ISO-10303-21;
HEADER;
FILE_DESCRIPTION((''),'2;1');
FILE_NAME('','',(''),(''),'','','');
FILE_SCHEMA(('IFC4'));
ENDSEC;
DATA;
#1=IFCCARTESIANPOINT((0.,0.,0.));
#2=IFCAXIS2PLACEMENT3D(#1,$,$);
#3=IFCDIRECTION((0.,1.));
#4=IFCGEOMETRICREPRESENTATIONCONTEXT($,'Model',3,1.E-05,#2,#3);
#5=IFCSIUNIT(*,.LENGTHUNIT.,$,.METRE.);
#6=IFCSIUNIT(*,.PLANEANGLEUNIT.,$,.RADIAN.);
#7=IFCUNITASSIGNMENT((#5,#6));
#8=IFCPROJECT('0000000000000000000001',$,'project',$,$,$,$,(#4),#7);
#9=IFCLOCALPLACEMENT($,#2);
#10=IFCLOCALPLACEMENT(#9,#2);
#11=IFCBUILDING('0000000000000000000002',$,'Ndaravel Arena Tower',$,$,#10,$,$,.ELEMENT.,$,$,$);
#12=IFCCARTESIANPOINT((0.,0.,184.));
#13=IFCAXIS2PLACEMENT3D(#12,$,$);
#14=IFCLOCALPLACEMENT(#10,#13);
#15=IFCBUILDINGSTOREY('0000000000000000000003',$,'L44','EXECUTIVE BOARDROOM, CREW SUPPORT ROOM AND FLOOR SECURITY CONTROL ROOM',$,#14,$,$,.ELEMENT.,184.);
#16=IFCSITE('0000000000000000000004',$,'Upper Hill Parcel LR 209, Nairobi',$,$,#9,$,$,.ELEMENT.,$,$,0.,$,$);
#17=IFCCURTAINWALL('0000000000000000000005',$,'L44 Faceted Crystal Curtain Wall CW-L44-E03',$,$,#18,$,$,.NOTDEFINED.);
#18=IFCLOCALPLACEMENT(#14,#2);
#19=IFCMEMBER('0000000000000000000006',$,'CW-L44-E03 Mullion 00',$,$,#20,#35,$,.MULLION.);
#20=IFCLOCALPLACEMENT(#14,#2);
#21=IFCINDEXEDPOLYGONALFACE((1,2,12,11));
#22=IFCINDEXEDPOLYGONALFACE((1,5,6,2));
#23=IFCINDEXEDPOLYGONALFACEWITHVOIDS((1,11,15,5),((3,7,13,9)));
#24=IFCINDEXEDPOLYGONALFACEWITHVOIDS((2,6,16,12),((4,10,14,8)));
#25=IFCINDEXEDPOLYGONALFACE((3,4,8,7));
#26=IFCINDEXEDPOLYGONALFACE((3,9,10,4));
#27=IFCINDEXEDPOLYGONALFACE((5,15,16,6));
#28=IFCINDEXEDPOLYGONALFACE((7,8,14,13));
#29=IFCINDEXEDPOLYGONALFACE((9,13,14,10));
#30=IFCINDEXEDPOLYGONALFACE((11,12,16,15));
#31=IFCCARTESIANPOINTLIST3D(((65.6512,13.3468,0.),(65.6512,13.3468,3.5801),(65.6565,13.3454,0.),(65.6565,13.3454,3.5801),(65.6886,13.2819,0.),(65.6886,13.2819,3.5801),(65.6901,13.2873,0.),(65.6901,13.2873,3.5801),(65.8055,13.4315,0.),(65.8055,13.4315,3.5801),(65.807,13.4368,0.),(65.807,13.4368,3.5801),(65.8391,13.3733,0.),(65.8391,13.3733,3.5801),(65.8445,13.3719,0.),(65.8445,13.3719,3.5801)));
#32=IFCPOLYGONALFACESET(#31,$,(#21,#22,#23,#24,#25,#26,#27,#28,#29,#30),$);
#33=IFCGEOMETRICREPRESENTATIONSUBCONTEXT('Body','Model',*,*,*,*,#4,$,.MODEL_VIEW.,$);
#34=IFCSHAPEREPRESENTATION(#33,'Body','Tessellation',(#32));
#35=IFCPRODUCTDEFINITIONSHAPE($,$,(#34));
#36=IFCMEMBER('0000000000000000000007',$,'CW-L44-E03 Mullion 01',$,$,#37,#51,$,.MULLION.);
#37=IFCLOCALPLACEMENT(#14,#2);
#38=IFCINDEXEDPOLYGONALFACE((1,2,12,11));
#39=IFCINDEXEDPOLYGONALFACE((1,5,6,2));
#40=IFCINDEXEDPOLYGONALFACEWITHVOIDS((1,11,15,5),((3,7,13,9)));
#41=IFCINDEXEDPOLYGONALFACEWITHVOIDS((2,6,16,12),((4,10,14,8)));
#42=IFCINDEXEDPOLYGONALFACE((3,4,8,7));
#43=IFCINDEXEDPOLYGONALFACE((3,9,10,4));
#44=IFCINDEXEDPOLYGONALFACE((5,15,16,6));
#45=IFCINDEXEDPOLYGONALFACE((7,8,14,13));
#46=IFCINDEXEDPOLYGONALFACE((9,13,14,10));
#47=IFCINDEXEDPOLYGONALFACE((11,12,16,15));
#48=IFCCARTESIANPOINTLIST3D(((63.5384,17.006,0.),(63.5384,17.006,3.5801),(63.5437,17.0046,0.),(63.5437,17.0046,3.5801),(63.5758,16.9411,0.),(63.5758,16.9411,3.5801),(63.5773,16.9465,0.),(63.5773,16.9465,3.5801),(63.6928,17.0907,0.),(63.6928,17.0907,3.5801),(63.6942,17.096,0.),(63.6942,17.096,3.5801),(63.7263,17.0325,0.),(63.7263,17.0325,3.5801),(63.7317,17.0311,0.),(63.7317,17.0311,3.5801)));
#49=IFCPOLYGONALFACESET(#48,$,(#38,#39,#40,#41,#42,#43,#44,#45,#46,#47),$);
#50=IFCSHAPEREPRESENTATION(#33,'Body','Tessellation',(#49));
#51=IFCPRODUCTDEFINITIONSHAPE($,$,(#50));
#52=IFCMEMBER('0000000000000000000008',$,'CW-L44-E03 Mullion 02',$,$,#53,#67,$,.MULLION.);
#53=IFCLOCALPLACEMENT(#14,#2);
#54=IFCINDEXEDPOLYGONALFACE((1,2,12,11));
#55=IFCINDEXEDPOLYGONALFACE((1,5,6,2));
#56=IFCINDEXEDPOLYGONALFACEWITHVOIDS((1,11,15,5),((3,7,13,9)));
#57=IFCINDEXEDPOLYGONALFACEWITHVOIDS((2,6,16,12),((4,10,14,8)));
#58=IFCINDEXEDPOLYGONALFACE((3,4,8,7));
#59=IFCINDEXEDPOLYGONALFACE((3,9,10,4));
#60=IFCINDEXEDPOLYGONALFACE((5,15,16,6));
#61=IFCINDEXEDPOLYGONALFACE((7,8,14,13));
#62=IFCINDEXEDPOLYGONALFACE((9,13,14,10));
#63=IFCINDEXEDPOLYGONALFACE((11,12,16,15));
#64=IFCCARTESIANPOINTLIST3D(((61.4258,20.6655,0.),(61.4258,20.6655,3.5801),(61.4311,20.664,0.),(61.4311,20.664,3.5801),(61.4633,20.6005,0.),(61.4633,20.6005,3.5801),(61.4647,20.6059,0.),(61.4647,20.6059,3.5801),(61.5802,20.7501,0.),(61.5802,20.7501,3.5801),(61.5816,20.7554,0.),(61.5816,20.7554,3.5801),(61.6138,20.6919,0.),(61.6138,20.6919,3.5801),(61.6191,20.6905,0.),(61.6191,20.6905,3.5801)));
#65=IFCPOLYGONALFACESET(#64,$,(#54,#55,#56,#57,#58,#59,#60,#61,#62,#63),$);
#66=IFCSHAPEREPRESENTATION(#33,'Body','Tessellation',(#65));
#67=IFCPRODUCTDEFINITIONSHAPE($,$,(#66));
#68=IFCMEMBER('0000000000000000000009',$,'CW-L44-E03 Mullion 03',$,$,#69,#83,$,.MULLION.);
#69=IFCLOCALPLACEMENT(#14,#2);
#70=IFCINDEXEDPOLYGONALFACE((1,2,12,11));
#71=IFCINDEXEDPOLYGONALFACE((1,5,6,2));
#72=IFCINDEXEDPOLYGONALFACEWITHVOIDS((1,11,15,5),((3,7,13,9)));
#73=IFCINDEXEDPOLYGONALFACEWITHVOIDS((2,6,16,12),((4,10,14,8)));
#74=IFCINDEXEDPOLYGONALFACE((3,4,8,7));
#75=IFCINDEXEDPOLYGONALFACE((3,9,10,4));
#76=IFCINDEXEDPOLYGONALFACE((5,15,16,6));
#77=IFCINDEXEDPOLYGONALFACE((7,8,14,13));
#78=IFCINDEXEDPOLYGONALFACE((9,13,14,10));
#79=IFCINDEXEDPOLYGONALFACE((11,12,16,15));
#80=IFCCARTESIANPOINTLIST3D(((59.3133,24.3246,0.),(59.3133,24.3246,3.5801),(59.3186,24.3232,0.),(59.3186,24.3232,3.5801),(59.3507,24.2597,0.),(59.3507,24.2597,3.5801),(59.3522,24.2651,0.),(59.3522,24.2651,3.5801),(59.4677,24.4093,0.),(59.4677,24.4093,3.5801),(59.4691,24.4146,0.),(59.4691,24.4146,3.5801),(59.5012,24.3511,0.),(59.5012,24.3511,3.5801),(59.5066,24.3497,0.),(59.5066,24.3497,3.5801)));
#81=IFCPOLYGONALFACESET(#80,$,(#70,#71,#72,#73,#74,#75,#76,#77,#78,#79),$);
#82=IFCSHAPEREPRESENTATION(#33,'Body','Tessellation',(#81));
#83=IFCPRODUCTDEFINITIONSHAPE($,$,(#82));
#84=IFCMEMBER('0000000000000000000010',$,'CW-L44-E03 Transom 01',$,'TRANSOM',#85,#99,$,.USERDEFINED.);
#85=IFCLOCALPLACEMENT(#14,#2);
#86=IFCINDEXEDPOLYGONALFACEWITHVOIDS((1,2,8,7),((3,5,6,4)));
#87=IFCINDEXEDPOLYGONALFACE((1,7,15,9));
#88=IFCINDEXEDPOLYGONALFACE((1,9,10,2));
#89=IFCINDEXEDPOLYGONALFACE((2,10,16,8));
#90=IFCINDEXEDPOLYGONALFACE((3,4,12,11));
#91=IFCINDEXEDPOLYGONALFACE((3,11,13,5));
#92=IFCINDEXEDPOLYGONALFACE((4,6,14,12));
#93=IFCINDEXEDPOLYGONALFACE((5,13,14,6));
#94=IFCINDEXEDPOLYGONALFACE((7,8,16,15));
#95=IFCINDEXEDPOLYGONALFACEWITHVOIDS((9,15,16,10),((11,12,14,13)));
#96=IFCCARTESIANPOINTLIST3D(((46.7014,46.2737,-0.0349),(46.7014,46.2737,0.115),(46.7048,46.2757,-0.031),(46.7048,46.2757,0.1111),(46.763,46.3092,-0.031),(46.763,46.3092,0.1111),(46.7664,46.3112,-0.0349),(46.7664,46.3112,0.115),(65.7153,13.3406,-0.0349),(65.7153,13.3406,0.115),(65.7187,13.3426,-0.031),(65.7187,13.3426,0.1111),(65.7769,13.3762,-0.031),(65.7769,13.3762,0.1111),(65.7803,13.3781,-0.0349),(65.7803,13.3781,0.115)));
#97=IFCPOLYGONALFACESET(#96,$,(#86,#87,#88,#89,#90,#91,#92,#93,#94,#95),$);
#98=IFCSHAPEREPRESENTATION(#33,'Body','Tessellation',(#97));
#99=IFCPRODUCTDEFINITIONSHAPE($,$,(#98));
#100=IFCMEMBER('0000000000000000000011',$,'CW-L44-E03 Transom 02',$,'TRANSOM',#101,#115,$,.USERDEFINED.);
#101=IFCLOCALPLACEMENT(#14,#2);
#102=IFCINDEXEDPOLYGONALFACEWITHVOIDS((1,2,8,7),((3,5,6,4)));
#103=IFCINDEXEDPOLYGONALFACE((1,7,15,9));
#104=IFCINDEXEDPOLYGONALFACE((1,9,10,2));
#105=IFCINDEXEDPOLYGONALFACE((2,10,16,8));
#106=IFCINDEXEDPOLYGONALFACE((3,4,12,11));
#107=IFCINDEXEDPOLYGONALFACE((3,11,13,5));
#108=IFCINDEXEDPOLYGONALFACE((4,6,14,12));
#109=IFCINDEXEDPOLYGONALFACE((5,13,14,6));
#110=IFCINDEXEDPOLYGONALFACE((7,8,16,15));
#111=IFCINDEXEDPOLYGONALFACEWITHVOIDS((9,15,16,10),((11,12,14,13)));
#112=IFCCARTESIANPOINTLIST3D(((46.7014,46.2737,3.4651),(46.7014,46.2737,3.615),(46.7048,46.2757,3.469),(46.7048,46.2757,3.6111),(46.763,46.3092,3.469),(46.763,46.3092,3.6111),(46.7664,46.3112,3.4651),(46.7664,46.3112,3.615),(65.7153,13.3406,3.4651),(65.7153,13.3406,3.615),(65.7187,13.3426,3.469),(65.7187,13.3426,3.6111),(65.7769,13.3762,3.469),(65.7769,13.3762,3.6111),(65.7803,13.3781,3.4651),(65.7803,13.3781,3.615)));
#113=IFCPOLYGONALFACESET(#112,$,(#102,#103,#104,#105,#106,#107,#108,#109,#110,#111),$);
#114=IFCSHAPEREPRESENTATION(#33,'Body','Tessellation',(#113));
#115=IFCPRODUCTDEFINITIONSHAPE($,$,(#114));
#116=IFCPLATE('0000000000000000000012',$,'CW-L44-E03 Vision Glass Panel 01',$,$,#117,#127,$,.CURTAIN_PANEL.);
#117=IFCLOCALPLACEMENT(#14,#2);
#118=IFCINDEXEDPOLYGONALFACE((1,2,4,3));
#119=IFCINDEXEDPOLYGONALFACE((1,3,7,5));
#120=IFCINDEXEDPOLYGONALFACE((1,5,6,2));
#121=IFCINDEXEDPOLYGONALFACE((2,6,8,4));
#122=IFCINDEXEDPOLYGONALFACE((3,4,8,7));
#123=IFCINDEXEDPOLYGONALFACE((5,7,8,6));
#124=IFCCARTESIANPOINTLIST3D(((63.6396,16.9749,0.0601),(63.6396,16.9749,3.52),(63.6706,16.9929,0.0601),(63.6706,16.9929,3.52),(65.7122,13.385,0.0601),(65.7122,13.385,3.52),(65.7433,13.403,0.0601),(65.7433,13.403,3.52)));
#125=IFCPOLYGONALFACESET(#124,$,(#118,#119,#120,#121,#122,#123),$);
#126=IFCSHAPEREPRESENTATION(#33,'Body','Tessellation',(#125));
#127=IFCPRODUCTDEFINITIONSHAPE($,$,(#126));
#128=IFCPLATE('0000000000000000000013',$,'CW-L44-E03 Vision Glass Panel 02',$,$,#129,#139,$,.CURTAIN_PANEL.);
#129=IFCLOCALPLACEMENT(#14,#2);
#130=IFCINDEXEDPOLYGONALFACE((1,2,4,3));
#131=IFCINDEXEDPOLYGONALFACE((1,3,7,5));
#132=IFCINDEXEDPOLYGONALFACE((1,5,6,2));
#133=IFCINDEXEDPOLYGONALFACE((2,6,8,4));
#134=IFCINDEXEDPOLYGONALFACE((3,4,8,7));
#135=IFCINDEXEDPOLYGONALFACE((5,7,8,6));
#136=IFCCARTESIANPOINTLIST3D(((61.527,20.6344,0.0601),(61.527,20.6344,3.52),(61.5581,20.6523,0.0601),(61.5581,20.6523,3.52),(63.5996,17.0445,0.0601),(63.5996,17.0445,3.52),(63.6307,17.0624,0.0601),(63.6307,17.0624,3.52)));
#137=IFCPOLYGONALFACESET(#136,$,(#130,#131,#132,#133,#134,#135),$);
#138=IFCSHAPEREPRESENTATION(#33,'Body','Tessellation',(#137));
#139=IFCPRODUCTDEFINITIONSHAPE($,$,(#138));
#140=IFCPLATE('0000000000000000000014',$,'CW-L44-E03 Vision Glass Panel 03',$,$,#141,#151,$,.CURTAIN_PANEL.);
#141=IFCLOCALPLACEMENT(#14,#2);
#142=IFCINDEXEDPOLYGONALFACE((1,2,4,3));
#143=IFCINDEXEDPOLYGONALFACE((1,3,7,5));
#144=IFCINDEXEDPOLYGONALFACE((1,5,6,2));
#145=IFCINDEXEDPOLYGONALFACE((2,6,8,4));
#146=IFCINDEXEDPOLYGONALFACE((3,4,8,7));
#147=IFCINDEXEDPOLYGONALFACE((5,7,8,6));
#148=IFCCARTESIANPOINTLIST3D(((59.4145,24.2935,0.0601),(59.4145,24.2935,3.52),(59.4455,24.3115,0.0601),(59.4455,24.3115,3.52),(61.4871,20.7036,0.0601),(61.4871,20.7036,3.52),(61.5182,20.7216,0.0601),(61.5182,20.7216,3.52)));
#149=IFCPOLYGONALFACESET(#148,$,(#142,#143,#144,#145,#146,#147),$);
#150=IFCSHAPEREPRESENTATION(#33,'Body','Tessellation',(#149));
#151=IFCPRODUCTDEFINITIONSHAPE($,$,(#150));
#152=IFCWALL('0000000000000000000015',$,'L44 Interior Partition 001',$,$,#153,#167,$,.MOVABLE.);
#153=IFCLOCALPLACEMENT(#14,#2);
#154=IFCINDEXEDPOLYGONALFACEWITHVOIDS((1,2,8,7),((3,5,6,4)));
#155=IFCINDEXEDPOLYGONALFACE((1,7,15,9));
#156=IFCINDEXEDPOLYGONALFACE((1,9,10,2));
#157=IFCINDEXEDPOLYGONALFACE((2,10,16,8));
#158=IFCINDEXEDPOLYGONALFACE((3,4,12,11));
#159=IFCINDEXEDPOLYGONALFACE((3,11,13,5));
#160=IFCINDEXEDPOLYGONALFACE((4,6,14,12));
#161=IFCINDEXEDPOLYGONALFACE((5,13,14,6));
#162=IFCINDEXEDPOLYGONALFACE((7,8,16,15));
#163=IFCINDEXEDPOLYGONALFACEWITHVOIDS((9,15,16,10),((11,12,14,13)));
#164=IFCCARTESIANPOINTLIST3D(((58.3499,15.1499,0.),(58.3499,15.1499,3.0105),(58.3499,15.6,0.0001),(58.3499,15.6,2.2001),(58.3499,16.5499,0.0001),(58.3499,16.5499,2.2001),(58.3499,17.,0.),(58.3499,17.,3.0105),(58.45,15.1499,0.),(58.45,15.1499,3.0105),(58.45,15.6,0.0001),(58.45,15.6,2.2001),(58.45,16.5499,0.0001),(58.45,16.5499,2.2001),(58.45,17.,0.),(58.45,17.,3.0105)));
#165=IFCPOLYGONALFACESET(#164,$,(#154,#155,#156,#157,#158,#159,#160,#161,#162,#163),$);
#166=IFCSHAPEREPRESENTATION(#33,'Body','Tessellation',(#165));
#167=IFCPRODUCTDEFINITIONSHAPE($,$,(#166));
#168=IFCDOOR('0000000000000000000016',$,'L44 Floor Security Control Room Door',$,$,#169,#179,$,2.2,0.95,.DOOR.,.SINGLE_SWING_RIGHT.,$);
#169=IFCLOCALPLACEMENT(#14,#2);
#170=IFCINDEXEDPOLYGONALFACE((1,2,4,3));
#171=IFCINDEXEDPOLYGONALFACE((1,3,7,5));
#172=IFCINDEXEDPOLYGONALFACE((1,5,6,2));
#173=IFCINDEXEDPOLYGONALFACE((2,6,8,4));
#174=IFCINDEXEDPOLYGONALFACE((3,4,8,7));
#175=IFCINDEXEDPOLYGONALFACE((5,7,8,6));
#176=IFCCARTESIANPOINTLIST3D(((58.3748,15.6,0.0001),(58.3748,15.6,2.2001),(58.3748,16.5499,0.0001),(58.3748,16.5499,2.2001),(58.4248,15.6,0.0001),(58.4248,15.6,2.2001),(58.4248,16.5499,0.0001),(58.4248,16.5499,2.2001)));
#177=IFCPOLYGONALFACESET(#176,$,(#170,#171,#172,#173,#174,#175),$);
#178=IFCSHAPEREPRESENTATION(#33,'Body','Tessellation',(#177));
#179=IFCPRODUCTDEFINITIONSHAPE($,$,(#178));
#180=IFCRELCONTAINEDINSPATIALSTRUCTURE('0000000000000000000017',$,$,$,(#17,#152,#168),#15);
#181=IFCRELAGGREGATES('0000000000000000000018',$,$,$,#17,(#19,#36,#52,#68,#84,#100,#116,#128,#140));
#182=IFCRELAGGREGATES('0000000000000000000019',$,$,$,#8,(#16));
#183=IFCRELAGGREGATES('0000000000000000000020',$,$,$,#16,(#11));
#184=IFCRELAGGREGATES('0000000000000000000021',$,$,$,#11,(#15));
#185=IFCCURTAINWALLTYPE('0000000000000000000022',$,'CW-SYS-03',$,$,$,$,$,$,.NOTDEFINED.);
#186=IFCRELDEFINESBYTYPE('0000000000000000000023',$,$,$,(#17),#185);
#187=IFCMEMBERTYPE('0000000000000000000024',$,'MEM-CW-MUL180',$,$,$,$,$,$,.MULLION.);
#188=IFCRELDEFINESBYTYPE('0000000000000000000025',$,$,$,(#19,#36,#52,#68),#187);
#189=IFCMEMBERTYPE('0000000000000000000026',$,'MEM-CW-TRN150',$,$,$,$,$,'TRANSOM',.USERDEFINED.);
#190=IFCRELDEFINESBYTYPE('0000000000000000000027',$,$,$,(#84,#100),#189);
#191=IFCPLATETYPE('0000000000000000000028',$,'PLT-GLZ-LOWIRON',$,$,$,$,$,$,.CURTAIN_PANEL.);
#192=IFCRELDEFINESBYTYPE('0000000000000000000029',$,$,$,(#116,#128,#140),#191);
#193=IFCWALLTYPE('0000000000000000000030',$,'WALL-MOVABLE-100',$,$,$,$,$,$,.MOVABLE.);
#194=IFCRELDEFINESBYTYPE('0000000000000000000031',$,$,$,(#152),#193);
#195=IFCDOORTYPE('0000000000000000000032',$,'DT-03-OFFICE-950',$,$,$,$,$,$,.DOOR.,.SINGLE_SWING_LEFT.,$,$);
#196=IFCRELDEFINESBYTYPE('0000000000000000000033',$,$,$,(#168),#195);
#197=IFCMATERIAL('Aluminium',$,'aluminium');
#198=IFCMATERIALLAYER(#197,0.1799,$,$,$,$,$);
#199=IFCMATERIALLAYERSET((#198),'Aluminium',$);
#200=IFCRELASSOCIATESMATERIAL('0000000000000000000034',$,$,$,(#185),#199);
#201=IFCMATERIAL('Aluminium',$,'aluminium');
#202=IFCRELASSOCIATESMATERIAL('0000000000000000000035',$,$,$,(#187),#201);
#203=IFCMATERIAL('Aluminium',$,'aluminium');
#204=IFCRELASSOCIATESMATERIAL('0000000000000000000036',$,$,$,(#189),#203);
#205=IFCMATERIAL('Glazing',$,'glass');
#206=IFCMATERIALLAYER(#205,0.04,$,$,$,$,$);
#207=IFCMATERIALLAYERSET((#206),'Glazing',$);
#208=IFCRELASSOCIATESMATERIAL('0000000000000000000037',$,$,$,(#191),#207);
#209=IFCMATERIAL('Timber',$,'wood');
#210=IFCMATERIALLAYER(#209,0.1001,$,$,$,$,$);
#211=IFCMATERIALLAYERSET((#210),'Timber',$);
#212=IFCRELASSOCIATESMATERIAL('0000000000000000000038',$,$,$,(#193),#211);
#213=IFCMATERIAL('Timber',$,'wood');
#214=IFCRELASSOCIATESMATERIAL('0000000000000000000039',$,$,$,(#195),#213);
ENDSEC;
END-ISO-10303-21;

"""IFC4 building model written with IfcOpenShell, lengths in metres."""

from ifc_helpers import new_model, si_unit, direction, frame, frame_2d, origin, origin_2d, place, context, subcontext, project, spatial, rectangle, hollow_rectangle, extrude, material, layer, layer_set, material_profile, profile_set, type_object, element, fill, aggregate, save


model = new_model("IFC4")

# Units and contexts
model_context = context("Model", 3, precision=1e-05, world=origin(), true_north=direction((0.0, 1.0)))
body_context = subcontext(model_context, "Body", "Model", "MODEL_VIEW")
ifc_project = project(units=[si_unit("LENGTHUNIT", "METRE"), si_unit("PLANEANGLEUNIT", "RADIAN")], contexts=[model_context])

# Site, building, storey
site_placement = place(None, origin())
site = spatial("IfcSite", under=ifc_project, at=site_placement, Name="Upper Hill Parcel LR 209, Nairobi", CompositionType="ELEMENT", RefElevation=0.0)
building_placement = place(site_placement, origin())
building = spatial("IfcBuilding", under=site, at=building_placement, Name="Ndaravel Arena Tower", CompositionType="ELEMENT")
storey_placement = place(building_placement, frame((0.0, 0.0, 184.0)))
storey = spatial("IfcBuildingStorey", under=building, at=storey_placement, Name="L44", Description="EXECUTIVE BOARDROOM, CREW SUPPORT ROOM AND FLOOR SECURITY CONTROL ROOM", CompositionType="ELEMENT", Elevation=184.0)

# Curtain wall, members, plates
ifc_material_1 = material(Name="Aluminium", Category="aluminium")
ifc_layer_1 = layer(ifc_material_1, 0.1799)
ifc_layer_set_1 = layer_set([ifc_layer_1], Name="Aluminium")
curtain_wall_type = type_object("IfcCurtainWallType", Name="CW-SYS-03", PredefinedType="NOTDEFINED", material=ifc_layer_set_1)
curtain_wall_placement = place(storey_placement, origin())
curtain_wall = element("IfcCurtainWall", 1, at=curtain_wall_placement, inside=storey, type_object=curtain_wall_type, Name="L44 Faceted Crystal Curtain Wall CW-L44-E03", PredefinedType="NOTDEFINED")
ifc_material_2 = material(Name="Aluminium", Category="aluminium")
ifc_material_profile_1 = material_profile(ifc_material_2, hollow_rectangle(XDim=0.075, YDim=0.1799, WallThickness=0.0039, at=origin_2d()), Name="CW MULLION 75x180x4")
ifc_profile_set_1 = profile_set([ifc_material_profile_1], Name="Aluminium")
member_type_1 = type_object("IfcMemberType", Name="MEM-CW-MUL180", PredefinedType="MULLION", material=ifc_profile_set_1)
member_1_placement = place(storey_placement, frame((65.7478, 13.3594, 0.0), z_axis=(0.0, 0.0, 1.0), x_axis=(-0.5, 0.866025, 0.0)))
member_1 = element("IfcMember", 2, at=member_1_placement, type_object=member_type_1, Name="CW-L44-E03 Mullion 00", PredefinedType="MULLION", context=body_context, shape_type="SweptSolid", body=[
    extrude(hollow_rectangle(XDim=0.075, YDim=0.1799, WallThickness=0.0039, at=origin_2d()), origin(), (0.0, 0.0, 1.0), 3.5801),
])
member_2_placement = place(storey_placement, frame((63.635, 17.0186, 0.0), z_axis=(0.0, 0.0, 1.0), x_axis=(-0.5, 0.866025, 0.0)))
member_2 = element("IfcMember", 3, at=member_2_placement, type_object=member_type_1, Name="CW-L44-E03 Mullion 01", PredefinedType="MULLION", context=body_context, shape_type="SweptSolid", body=[
    extrude(hollow_rectangle(XDim=0.075, YDim=0.1799, WallThickness=0.0039, at=origin_2d()), origin(), (0.0, 0.0, 1.0), 3.5801),
])
member_3_placement = place(storey_placement, frame((61.5225, 20.678, 0.0), z_axis=(0.0, 0.0, 1.0), x_axis=(-0.5, 0.866025, 0.0)))
member_3 = element("IfcMember", 4, at=member_3_placement, type_object=member_type_1, Name="CW-L44-E03 Mullion 02", PredefinedType="MULLION", context=body_context, shape_type="SweptSolid", body=[
    extrude(hollow_rectangle(XDim=0.075, YDim=0.1799, WallThickness=0.0039, at=origin_2d()), origin(), (0.0, 0.0, 1.0), 3.5801),
])
member_4_placement = place(storey_placement, frame((59.4099, 24.3372, 0.0), z_axis=(0.0, 0.0, 1.0), x_axis=(-0.5, 0.866025, 0.0)))
member_4 = element("IfcMember", 5, at=member_4_placement, type_object=member_type_1, Name="CW-L44-E03 Mullion 03", PredefinedType="MULLION", context=body_context, shape_type="SweptSolid", body=[
    extrude(hollow_rectangle(XDim=0.075, YDim=0.1799, WallThickness=0.0039, at=origin_2d()), origin(), (0.0, 0.0, 1.0), 3.5801),
])
ifc_material_3 = material(Name="Aluminium", Category="aluminium")
ifc_material_profile_2 = material_profile(ifc_material_3, hollow_rectangle(XDim=0.075, YDim=0.1499, WallThickness=0.0039, at=origin_2d()), Name="CW TRANSOM 75x150x4")
ifc_profile_set_2 = profile_set([ifc_material_profile_2], Name="Aluminium")
member_type_2 = type_object("IfcMemberType", Name="MEM-CW-TRN150", ElementType="TRANSOM", PredefinedType="USERDEFINED", material=ifc_profile_set_2)
member_5_placement = place(storey_placement, frame((65.7478, 13.3594, 0.04), z_axis=(-0.5, 0.866026, 0.0), x_axis=(-0.866026, -0.5, 0.0)))
member_5 = element("IfcMember", 6, at=member_5_placement, type_object=member_type_2, Name="CW-L44-E03 Transom 01", ObjectType="TRANSOM", PredefinedType="USERDEFINED", context=body_context, shape_type="SweptSolid", body=[
    extrude(hollow_rectangle(XDim=0.075, YDim=0.1499, WallThickness=0.0039, at=origin_2d()), origin(), (0.0, 0.0, 1.0), 38.0278),
])
member_6_placement = place(storey_placement, frame((65.7478, 13.3594, 3.54), z_axis=(-0.5, 0.866026, 0.0), x_axis=(-0.866026, -0.5, 0.0)))
member_6 = element("IfcMember", 7, at=member_6_placement, type_object=member_type_2, Name="CW-L44-E03 Transom 02", ObjectType="TRANSOM", PredefinedType="USERDEFINED", context=body_context, shape_type="SweptSolid", body=[
    extrude(hollow_rectangle(XDim=0.075, YDim=0.1499, WallThickness=0.0039, at=origin_2d()), origin(), (0.0, 0.0, 1.0), 38.0278),
])
ifc_material_4 = material(Name="Glazing", Category="glass")
ifc_layer_2 = layer(ifc_material_4, 0.04)
ifc_layer_set_2 = layer_set([ifc_layer_2], Name="Glazing")
plate_type = type_object("IfcPlateType", Name="PLT-GLZ-LOWIRON", PredefinedType="CURTAIN_PANEL", material=ifc_layer_set_2)
plate_1_placement = place(storey_placement, frame((64.6914, 15.189, 0.0601), z_axis=(0.0, 0.0, 1.0), x_axis=(-0.5, 0.866025, 0.0)))
plate_1 = element("IfcPlate", 8, at=plate_1_placement, type_object=plate_type, Name="CW-L44-E03 Vision Glass Panel 01", PredefinedType="CURTAIN_PANEL", context=body_context, shape_type="SweptSolid", body=[
    extrude(rectangle(XDim=4.1453, YDim=0.0359, at=origin_2d()), origin(), (0.0, 0.0, 1.0), 3.46),
])
plate_2_placement = place(storey_placement, frame((62.5789, 18.8484, 0.0601), z_axis=(0.0, 0.0, 1.0), x_axis=(-0.5, 0.866025, 0.0)))
plate_2 = element("IfcPlate", 9, at=plate_2_placement, type_object=plate_type, Name="CW-L44-E03 Vision Glass Panel 02", PredefinedType="CURTAIN_PANEL", context=body_context, shape_type="SweptSolid", body=[
    extrude(rectangle(XDim=4.1453, YDim=0.0359, at=origin_2d()), origin(), (0.0, 0.0, 1.0), 3.46),
])
plate_3_placement = place(storey_placement, frame((60.4663, 22.5076, 0.0601), z_axis=(0.0, 0.0, 1.0), x_axis=(-0.5, 0.866025, 0.0)))
plate_3 = element("IfcPlate", 10, at=plate_3_placement, type_object=plate_type, Name="CW-L44-E03 Vision Glass Panel 03", PredefinedType="CURTAIN_PANEL", context=body_context, shape_type="SweptSolid", body=[
    extrude(rectangle(XDim=4.1453, YDim=0.0359, at=origin_2d()), origin(), (0.0, 0.0, 1.0), 3.46),
])
aggregate(curtain_wall, [member_1, member_2, member_3, member_4, member_5, member_6, plate_1, plate_2, plate_3])

# Wall, opening, door
ifc_material_5 = material(Name="Timber", Category="wood")
ifc_layer_3 = layer(ifc_material_5, 0.1001)
ifc_layer_set_3 = layer_set([ifc_layer_3], Name="Timber")
wall_type_1 = type_object("IfcWallType", Name="WALL-MOVABLE-100", PredefinedType="MOVABLE", material=ifc_layer_set_3)
wall_1_placement = place(storey_placement, frame((58.3999, 17.0, 0.0), z_axis=(0.0, 0.0, 1.0), x_axis=(0.0, -1.0, 0.0)))
wall_1 = element("IfcWall", 11, at=wall_1_placement, inside=storey, type_object=wall_type_1, Name="L44 Interior Partition 001", PredefinedType="MOVABLE", context=body_context, shape_type="SweptSolid", body=[
    extrude(rectangle(XDim=1.8501, YDim=0.1001, at=frame_2d((0.925, 0.0))), origin(), (0.0, 0.0, 1.0), 3.0105),
])
opening_1_placement = place(wall_1_placement, frame((0.45, 0.0, 0.0)))
opening_1 = element("IfcOpeningElement", 12, at=opening_1_placement, cuts=wall_1, PredefinedType="OPENING", context=body_context, shape_type="SweptSolid", body=[
    extrude(rectangle(XDim=0.95, YDim=2.2, at=frame_2d((0.4751, 1.1001))), frame((0.0, 0.05, 0.0), z_axis=(0.0, -1.0, 0.0), x_axis=(1.0, 0.0, 0.0)), (0.0, 0.0, 1.0), 0.1001),
])
ifc_material_6 = material(Name="Timber", Category="wood")
door_type_1 = type_object("IfcDoorType", Name="DT-03-OFFICE-950", OperationType="SINGLE_SWING_LEFT", PredefinedType="DOOR", material=ifc_material_6)
door_1_placement = place(opening_1_placement, origin())
door_1 = element("IfcDoor", 13, at=door_1_placement, inside=storey, type_object=door_type_1, Name="L44 Floor Security Control Room Door", OperationType="SINGLE_SWING_RIGHT", OverallHeight=2.2, OverallWidth=0.95, PredefinedType="DOOR", context=body_context, shape_type="SweptSolid", body=[
    extrude(rectangle(XDim=0.95, YDim=2.2, at=frame_2d((0.4751, 1.1001))), frame((0.0, 0.0249, 0.0), z_axis=(0.0, -1.0, 0.0), x_axis=(1.0, 0.0, 0.0)), (0.0, 0.0, 1.0), 0.05),
])
fill(opening_1, door_1)

save(model, "model.ifc")
